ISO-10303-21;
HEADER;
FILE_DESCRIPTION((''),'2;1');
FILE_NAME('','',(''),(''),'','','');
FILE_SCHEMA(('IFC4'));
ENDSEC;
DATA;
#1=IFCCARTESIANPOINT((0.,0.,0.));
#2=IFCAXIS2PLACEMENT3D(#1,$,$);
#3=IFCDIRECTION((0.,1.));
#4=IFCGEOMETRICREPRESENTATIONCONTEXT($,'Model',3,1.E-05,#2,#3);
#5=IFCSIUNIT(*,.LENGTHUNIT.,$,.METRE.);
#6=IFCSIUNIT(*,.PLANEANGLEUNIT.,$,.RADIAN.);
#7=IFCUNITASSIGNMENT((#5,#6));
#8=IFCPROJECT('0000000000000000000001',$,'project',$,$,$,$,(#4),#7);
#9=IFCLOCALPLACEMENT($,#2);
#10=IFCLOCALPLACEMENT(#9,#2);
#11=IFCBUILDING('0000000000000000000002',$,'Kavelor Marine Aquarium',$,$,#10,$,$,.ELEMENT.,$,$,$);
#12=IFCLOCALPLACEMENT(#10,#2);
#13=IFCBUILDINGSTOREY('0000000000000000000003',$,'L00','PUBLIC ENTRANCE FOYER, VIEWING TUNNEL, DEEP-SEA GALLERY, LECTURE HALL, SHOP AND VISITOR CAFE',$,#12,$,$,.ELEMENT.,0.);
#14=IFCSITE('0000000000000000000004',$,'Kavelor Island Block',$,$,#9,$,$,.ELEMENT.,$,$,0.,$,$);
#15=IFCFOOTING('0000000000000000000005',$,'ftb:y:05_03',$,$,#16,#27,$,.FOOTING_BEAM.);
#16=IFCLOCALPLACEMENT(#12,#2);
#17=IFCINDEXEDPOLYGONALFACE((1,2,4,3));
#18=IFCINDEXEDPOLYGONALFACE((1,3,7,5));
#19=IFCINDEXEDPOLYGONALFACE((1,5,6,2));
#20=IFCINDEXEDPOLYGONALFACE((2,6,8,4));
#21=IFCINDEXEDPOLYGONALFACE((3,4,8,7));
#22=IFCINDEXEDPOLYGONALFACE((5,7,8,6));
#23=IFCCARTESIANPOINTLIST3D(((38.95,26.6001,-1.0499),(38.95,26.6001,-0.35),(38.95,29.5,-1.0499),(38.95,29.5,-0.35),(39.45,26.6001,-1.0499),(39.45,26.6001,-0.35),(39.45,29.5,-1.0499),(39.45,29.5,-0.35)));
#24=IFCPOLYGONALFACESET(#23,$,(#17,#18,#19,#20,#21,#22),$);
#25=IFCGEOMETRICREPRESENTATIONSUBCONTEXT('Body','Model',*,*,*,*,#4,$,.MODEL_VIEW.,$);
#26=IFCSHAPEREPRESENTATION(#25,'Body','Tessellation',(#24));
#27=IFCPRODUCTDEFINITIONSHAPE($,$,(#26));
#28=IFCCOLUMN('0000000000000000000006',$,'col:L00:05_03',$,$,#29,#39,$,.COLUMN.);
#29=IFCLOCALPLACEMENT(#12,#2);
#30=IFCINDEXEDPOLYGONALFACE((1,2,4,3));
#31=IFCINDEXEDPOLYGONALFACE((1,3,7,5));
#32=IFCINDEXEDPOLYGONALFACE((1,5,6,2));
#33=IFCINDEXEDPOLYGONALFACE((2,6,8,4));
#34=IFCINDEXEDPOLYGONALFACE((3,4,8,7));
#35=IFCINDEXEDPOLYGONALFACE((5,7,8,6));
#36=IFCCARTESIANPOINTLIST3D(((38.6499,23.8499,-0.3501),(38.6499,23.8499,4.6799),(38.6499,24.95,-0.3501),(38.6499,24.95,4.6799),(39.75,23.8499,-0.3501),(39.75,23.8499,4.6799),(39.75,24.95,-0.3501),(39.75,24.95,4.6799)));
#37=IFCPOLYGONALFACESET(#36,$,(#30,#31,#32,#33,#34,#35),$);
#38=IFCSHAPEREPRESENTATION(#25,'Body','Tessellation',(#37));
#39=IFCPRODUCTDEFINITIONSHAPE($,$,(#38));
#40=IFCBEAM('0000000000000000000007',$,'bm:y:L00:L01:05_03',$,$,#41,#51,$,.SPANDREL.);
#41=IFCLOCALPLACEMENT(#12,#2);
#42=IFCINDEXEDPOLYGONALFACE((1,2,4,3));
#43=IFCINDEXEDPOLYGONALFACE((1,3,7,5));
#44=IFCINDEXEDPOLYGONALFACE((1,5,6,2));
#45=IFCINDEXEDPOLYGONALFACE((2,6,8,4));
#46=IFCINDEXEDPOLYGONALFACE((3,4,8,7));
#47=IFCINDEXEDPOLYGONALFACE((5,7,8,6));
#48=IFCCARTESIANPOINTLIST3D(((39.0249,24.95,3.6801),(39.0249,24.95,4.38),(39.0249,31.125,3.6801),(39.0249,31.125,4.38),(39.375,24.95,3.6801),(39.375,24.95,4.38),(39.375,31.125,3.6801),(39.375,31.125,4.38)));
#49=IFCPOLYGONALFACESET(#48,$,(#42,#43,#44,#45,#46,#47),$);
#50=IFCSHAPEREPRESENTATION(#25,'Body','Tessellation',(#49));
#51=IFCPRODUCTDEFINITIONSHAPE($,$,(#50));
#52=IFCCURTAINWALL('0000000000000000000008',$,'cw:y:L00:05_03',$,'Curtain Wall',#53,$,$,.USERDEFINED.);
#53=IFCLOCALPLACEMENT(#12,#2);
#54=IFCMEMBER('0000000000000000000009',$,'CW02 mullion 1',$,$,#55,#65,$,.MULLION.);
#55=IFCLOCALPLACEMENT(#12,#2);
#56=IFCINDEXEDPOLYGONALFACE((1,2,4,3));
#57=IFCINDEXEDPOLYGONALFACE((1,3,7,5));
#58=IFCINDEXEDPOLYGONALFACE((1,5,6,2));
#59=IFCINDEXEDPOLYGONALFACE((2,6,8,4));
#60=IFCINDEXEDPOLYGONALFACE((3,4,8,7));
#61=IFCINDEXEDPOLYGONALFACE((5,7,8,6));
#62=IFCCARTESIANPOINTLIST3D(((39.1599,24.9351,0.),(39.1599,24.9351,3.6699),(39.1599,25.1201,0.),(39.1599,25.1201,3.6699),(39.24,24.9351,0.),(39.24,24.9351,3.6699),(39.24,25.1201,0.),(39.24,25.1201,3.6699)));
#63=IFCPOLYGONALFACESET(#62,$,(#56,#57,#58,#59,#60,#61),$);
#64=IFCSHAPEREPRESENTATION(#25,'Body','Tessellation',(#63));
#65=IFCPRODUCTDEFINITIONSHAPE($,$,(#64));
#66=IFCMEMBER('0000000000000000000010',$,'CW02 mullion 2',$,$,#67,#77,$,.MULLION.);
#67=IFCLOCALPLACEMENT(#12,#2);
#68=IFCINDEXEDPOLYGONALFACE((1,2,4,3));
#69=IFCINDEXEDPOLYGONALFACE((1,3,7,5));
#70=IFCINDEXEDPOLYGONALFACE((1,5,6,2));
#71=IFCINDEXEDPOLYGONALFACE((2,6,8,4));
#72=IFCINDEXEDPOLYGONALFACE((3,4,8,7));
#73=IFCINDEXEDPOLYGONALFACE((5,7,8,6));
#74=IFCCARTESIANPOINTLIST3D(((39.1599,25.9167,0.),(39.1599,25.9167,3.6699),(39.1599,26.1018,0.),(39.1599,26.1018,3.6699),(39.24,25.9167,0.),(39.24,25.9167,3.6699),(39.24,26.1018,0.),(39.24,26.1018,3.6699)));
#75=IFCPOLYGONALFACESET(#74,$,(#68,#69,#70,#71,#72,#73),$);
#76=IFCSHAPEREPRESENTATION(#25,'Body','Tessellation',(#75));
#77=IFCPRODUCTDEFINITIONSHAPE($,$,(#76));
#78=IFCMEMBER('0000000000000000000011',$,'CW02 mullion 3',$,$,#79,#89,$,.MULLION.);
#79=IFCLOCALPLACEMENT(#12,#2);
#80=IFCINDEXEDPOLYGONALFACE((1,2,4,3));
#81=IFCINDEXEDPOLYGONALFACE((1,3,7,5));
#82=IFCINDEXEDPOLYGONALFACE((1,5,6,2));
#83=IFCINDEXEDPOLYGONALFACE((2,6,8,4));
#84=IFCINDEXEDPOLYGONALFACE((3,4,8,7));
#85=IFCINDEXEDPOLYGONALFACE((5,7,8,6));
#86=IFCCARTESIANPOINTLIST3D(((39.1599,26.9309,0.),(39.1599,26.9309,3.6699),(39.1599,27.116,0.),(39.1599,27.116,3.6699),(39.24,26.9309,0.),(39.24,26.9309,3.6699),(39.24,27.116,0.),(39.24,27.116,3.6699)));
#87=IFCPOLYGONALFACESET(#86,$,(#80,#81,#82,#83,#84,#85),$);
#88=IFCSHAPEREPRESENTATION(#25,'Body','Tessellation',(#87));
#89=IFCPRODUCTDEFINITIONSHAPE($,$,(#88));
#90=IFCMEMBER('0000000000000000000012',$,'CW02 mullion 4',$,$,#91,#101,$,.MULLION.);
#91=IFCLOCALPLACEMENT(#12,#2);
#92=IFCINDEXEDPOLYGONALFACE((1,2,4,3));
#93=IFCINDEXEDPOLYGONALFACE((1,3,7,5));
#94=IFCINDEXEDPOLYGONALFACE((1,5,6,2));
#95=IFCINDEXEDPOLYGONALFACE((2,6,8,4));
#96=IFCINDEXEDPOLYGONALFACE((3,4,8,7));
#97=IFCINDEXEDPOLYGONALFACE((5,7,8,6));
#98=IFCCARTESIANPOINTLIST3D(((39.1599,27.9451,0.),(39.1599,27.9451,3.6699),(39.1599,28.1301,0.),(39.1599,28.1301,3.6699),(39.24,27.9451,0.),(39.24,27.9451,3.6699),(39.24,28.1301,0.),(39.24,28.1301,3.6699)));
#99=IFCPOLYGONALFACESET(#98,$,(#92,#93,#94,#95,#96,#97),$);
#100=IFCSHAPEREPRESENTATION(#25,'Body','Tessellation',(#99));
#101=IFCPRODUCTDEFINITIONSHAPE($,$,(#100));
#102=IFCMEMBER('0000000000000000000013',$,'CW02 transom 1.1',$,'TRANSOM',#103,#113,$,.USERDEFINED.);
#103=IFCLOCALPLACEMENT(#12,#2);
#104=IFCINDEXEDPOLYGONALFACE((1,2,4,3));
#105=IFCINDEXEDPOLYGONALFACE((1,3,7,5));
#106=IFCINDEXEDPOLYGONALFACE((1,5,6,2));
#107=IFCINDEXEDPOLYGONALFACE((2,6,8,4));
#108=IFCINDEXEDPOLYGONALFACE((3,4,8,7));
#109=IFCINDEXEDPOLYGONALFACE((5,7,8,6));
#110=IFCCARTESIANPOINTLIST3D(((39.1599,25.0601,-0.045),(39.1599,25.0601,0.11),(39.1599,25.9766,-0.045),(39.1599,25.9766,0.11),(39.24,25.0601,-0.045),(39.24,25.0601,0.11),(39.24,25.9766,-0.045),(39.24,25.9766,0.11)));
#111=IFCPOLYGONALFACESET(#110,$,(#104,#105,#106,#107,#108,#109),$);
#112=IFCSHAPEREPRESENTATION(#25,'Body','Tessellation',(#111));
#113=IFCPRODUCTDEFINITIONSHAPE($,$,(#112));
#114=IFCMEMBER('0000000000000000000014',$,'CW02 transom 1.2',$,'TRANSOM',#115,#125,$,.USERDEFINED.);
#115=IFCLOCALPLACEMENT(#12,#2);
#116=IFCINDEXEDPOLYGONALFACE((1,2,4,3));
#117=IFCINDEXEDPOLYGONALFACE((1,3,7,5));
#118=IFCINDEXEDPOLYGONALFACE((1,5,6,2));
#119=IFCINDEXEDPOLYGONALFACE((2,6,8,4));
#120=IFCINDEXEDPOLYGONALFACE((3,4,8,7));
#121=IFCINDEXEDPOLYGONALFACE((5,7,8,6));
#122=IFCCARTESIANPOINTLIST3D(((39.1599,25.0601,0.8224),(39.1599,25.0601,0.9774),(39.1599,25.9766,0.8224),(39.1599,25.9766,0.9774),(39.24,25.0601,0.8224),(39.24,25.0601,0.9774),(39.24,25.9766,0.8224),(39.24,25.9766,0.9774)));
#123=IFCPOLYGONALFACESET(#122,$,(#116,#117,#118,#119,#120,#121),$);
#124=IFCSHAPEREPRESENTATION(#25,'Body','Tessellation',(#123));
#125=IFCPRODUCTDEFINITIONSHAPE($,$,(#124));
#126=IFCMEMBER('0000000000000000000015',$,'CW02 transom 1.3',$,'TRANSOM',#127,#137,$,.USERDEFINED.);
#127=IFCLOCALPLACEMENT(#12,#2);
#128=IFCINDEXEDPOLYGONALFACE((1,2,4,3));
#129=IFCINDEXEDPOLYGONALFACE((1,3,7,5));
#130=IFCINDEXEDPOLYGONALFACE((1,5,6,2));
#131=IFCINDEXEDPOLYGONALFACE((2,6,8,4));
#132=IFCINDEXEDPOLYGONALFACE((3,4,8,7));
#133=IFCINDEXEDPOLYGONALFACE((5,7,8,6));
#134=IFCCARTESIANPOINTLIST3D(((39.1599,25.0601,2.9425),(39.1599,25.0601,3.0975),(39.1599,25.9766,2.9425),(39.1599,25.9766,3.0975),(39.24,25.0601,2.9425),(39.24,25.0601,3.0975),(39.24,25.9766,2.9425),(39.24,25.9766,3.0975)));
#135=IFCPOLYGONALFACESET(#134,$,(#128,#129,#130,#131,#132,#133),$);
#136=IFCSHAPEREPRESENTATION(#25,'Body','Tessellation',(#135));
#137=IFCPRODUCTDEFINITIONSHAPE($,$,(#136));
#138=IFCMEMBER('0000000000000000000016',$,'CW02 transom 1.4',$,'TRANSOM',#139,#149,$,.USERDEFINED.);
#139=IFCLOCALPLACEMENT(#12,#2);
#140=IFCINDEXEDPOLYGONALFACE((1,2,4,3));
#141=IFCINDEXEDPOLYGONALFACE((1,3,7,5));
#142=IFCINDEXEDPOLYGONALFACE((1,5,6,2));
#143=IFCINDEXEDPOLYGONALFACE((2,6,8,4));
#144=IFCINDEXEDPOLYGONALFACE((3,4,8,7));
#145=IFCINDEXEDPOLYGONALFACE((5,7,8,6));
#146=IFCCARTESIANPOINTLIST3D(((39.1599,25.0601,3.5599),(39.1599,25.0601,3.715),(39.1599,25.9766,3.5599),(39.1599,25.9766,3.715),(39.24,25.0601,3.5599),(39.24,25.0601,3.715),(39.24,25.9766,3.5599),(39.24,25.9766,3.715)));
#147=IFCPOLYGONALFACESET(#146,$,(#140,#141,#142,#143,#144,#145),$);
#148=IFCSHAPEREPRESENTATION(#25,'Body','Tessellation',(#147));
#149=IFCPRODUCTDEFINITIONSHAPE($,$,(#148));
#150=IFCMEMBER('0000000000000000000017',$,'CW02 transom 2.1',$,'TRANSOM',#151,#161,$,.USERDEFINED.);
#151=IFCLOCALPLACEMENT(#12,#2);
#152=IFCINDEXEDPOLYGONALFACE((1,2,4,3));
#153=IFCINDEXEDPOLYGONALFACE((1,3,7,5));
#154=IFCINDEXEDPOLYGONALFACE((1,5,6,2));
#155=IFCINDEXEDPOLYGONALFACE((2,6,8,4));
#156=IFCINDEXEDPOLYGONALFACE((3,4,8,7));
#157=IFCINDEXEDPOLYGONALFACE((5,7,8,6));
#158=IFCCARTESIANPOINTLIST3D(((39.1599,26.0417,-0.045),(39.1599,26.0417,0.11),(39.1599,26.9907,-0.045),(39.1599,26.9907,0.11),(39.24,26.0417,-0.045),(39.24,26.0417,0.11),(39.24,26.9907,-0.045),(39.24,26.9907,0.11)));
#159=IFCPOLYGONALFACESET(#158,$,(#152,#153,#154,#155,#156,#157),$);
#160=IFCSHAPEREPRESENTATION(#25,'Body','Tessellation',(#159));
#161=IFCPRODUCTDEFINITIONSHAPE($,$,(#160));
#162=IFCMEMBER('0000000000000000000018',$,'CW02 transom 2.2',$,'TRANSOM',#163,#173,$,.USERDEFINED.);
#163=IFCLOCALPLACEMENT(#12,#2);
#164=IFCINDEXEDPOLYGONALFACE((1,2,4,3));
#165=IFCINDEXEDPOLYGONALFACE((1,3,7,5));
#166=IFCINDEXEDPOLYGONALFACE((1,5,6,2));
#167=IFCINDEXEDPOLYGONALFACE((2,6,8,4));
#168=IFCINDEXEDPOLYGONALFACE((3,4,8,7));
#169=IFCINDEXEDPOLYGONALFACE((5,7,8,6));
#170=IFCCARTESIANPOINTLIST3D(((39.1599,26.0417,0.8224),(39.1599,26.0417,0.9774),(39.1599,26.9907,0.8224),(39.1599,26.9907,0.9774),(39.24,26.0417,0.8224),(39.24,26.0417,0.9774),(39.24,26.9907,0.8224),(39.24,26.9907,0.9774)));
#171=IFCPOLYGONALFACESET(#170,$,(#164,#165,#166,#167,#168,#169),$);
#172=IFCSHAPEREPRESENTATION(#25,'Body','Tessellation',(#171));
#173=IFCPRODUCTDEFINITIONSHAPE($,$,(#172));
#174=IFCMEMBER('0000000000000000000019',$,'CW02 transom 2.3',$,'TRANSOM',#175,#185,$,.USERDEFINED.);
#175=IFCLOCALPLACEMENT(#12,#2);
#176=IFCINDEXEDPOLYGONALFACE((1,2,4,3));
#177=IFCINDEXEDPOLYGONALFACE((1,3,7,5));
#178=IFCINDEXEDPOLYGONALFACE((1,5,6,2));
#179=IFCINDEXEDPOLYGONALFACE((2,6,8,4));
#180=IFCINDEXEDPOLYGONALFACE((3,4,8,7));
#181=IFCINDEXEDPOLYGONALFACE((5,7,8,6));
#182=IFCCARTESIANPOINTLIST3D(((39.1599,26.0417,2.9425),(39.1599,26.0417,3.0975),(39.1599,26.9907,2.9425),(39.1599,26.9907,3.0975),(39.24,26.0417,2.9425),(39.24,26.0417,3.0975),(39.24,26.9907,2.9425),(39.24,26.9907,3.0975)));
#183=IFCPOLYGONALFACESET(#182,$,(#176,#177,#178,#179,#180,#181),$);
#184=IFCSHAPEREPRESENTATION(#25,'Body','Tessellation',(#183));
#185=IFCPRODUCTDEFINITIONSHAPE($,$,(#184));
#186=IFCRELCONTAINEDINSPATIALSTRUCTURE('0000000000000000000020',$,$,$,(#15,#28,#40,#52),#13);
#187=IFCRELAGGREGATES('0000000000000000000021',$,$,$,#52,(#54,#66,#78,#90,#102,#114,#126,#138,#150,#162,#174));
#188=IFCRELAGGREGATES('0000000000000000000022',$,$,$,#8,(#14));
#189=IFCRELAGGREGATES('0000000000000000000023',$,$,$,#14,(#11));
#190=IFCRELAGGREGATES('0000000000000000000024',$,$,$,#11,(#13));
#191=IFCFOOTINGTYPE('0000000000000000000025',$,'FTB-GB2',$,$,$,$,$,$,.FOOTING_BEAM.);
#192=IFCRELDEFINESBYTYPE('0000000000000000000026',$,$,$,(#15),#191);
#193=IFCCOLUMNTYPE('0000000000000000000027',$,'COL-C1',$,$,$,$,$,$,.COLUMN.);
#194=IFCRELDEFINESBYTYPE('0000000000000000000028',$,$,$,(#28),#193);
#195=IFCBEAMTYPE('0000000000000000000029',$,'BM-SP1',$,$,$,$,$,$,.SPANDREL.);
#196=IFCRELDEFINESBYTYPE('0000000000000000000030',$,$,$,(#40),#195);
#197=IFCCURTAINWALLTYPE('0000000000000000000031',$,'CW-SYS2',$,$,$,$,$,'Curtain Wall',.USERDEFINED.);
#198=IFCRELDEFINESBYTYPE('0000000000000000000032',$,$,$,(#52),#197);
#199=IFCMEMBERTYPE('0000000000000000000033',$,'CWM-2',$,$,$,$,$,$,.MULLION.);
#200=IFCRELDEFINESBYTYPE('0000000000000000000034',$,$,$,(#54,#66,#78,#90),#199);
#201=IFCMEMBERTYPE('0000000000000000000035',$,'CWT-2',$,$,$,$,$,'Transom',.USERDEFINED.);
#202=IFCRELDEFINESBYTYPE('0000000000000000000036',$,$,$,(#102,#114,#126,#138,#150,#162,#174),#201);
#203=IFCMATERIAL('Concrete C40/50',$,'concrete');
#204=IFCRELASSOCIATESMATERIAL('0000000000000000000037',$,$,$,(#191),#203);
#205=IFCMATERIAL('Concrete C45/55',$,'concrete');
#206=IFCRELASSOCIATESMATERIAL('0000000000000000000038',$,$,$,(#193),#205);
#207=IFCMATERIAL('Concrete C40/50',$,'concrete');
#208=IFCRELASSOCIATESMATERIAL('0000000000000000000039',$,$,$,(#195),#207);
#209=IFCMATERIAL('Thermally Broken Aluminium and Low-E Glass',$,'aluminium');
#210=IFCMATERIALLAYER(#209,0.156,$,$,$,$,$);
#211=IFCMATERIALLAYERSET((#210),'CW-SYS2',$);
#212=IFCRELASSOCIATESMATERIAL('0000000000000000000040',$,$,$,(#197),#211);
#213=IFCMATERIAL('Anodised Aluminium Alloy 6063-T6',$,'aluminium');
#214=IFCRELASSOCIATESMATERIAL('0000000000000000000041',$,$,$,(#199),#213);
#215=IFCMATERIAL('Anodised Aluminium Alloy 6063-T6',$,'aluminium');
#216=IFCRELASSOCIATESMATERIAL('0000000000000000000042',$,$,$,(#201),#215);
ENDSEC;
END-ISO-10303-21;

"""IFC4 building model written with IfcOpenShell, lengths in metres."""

from ifc_helpers import new_model, si_unit, direction, frame, origin, origin_2d, place, context, subcontext, project, spatial, rectangle, extrude, material, layer, layer_set, material_profile, profile_set, type_object, element, aggregate, save


model = new_model("IFC4")

# Units and contexts
model_context = context("Model", 3, precision=1e-05, world=origin(), true_north=direction((0.0, 1.0)))
body_context = subcontext(model_context, "Body", "Model", "MODEL_VIEW")
ifc_project = project(units=[si_unit("LENGTHUNIT", "METRE"), si_unit("PLANEANGLEUNIT", "RADIAN")], contexts=[model_context])

# Site, building, storey
site_placement = place(None, origin())
site = spatial("IfcSite", under=ifc_project, at=site_placement, Name="Kavelor Island Block", CompositionType="ELEMENT", RefElevation=0.0)
building_placement = place(site_placement, origin())
building = spatial("IfcBuilding", under=site, at=building_placement, Name="Kavelor Marine Aquarium", CompositionType="ELEMENT")
storey_placement = place(building_placement, origin())
storey = spatial("IfcBuildingStorey", under=building, at=storey_placement, Name="L00", Description="PUBLIC ENTRANCE FOYER, VIEWING TUNNEL, DEEP-SEA GALLERY, LECTURE HALL, SHOP AND VISITOR CAFE", CompositionType="ELEMENT", Elevation=0.0)

# Footing
ifc_material_1 = material(Name="Concrete C40/50", Category="concrete")
ifc_material_profile_1 = material_profile(ifc_material_1, rectangle(XDim=0.5, YDim=0.7, at=origin_2d()), Name="GB 500x700")
ifc_profile_set_1 = profile_set([ifc_material_profile_1], Name="Concrete C40/50")
footing_type = type_object("IfcFootingType", Name="FTB-GB2", PredefinedType="FOOTING_BEAM", material=ifc_profile_set_1)
footing_placement = place(storey_placement, frame((39.2, 26.6001, -0.7), z_axis=(0.0, 1.0, 0.0), x_axis=(-1.0, 0.0, 0.0)))
element("IfcFooting", 1, at=footing_placement, inside=storey, type_object=footing_type, Name="ftb:y:05_03", PredefinedType="FOOTING_BEAM", context=body_context, shape_type="SweptSolid", body=[
    extrude(rectangle(XDim=0.5, YDim=0.7, at=origin_2d()), origin(), (0.0, 0.0, 1.0), 2.8999),
])

# Column
ifc_material_2 = material(Name="Concrete C45/55", Category="concrete")
ifc_material_profile_2 = material_profile(ifc_material_2, rectangle(XDim=1.1001, YDim=1.1001, at=origin_2d()), Name="RC-COL 1100x1100")
ifc_profile_set_2 = profile_set([ifc_material_profile_2], Name="Concrete C45/55")
column_type = type_object("IfcColumnType", Name="COL-C1", PredefinedType="COLUMN", material=ifc_profile_set_2)
column_placement = place(storey_placement, frame((39.2, 24.3999, -0.3501), z_axis=(0.0, 0.0, 1.0), x_axis=(1.0, 0.0, 0.0)))
element("IfcColumn", 2, at=column_placement, inside=storey, type_object=column_type, Name="col:L00:05_03", PredefinedType="COLUMN", context=body_context, shape_type="SweptSolid", body=[
    extrude(rectangle(XDim=1.1001, YDim=1.1001, at=origin_2d()), origin(), (0.0, 0.0, 1.0), 5.03),
])

# Beam
ifc_material_3 = material(Name="Concrete C40/50", Category="concrete")
ifc_material_profile_3 = material_profile(ifc_material_3, rectangle(XDim=0.3501, YDim=0.7, at=origin_2d()), Name="RC-SP 350x700")
ifc_profile_set_3 = profile_set([ifc_material_profile_3], Name="Concrete C40/50")
beam_type = type_object("IfcBeamType", Name="BM-SP1", PredefinedType="SPANDREL", material=ifc_profile_set_3)
beam_placement = place(storey_placement, frame((39.2, 24.95, 4.03), z_axis=(0.0, 1.0, 0.0), x_axis=(-1.0, 0.0, 0.0)))
element("IfcBeam", 3, at=beam_placement, inside=storey, type_object=beam_type, Name="bm:y:L00:L01:05_03", PredefinedType="SPANDREL", context=body_context, shape_type="SweptSolid", body=[
    extrude(rectangle(XDim=0.3501, YDim=0.7, at=origin_2d()), origin(), (0.0, 0.0, 1.0), 6.175),
])

# Curtain wall, members
ifc_material_4 = material(Name="Thermally Broken Aluminium and Low-E Glass", Category="aluminium")
ifc_layer_1 = layer(ifc_material_4, 0.156)
ifc_layer_set_1 = layer_set([ifc_layer_1], Name="CW-SYS2")
curtain_wall_type = type_object("IfcCurtainWallType", Name="CW-SYS2", ElementType="Curtain Wall", PredefinedType="USERDEFINED", material=ifc_layer_set_1)
curtain_wall_placement = place(storey_placement, origin())
curtain_wall = element("IfcCurtainWall", 4, at=curtain_wall_placement, inside=storey, type_object=curtain_wall_type, Name="cw:y:L00:05_03", ObjectType="Curtain Wall", PredefinedType="USERDEFINED")
ifc_material_5 = material(Name="Anodised Aluminium Alloy 6063-T6", Category="aluminium")
ifc_material_profile_4 = material_profile(ifc_material_5, rectangle(XDim=0.0801, YDim=0.1851, at=origin_2d()), Name="CW-MUL 80x185")
ifc_profile_set_4 = profile_set([ifc_material_profile_4], Name="Anodised Aluminium Alloy 6063-T6")
member_type_1 = type_object("IfcMemberType", Name="CWM-2", PredefinedType="MULLION", material=ifc_profile_set_4)
member_1_placement = place(storey_placement, frame((39.2, 25.0276, 0.0), z_axis=(0.0, 0.0, 1.0), x_axis=(-1.0, 0.0, 0.0)))
member_1 = element("IfcMember", 5, at=member_1_placement, type_object=member_type_1, Name="CW02 mullion 1", PredefinedType="MULLION", context=body_context, shape_type="SweptSolid", body=[
    extrude(rectangle(XDim=0.0801, YDim=0.1851, at=origin_2d()), origin(), (0.0, 0.0, 1.0), 3.6699),
])
member_2_placement = place(storey_placement, frame((39.2, 26.0093, 0.0), z_axis=(0.0, 0.0, 1.0), x_axis=(-1.0, 0.0, 0.0)))
member_2 = element("IfcMember", 6, at=member_2_placement, type_object=member_type_1, Name="CW02 mullion 2", PredefinedType="MULLION", context=body_context, shape_type="SweptSolid", body=[
    extrude(rectangle(XDim=0.0801, YDim=0.1851, at=origin_2d()), origin(), (0.0, 0.0, 1.0), 3.6699),
])
member_3_placement = place(storey_placement, frame((39.2, 27.0234, 0.0), z_axis=(0.0, 0.0, 1.0), x_axis=(-1.0, 0.0, 0.0)))
member_3 = element("IfcMember", 7, at=member_3_placement, type_object=member_type_1, Name="CW02 mullion 3", PredefinedType="MULLION", context=body_context, shape_type="SweptSolid", body=[
    extrude(rectangle(XDim=0.0801, YDim=0.1851, at=origin_2d()), origin(), (0.0, 0.0, 1.0), 3.6699),
])
member_4_placement = place(storey_placement, frame((39.2, 28.0376, 0.0), z_axis=(0.0, 0.0, 1.0), x_axis=(-1.0, 0.0, 0.0)))
member_4 = element("IfcMember", 8, at=member_4_placement, type_object=member_type_1, Name="CW02 mullion 4", PredefinedType="MULLION", context=body_context, shape_type="SweptSolid", body=[
    extrude(rectangle(XDim=0.0801, YDim=0.1851, at=origin_2d()), origin(), (0.0, 0.0, 1.0), 3.6699),
])
ifc_material_6 = material(Name="Anodised Aluminium Alloy 6063-T6", Category="aluminium")
ifc_material_profile_5 = material_profile(ifc_material_6, rectangle(XDim=0.0801, YDim=0.155, at=origin_2d()), Name="CW-TRN 80x155")
ifc_profile_set_5 = profile_set([ifc_material_profile_5], Name="Anodised Aluminium Alloy 6063-T6")
member_type_2 = type_object("IfcMemberType", Name="CWT-2", ElementType="Transom", PredefinedType="USERDEFINED", material=ifc_profile_set_5)
member_5_placement = place(storey_placement, frame((39.2, 25.0601, 0.0325), z_axis=(0.0, 1.0, 0.0), x_axis=(-1.0, 0.0, 0.0)))
member_5 = element("IfcMember", 9, at=member_5_placement, type_object=member_type_2, Name="CW02 transom 1.1", ObjectType="TRANSOM", PredefinedType="USERDEFINED", context=body_context, shape_type="SweptSolid", body=[
    extrude(rectangle(XDim=0.0801, YDim=0.155, at=origin_2d()), origin(), (0.0, 0.0, 1.0), 0.9165),
])
member_6_placement = place(storey_placement, frame((39.2, 25.0601, 0.8999), z_axis=(0.0, 1.0, 0.0), x_axis=(-1.0, 0.0, 0.0)))
member_6 = element("IfcMember", 10, at=member_6_placement, type_object=member_type_2, Name="CW02 transom 1.2", ObjectType="TRANSOM", PredefinedType="USERDEFINED", context=body_context, shape_type="SweptSolid", body=[
    extrude(rectangle(XDim=0.0801, YDim=0.155, at=origin_2d()), origin(), (0.0, 0.0, 1.0), 0.9165),
])
member_7_placement = place(storey_placement, frame((39.2, 25.0601, 3.02), z_axis=(0.0, 1.0, 0.0), x_axis=(-1.0, 0.0, 0.0)))
member_7 = element("IfcMember", 11, at=member_7_placement, type_object=member_type_2, Name="CW02 transom 1.3", ObjectType="TRANSOM", PredefinedType="USERDEFINED", context=body_context, shape_type="SweptSolid", body=[
    extrude(rectangle(XDim=0.0801, YDim=0.155, at=origin_2d()), origin(), (0.0, 0.0, 1.0), 0.9165),
])
member_8_placement = place(storey_placement, frame((39.2, 25.0601, 3.6375), z_axis=(0.0, 1.0, 0.0), x_axis=(-1.0, 0.0, 0.0)))
member_8 = element("IfcMember", 12, at=member_8_placement, type_object=member_type_2, Name="CW02 transom 1.4", ObjectType="TRANSOM", PredefinedType="USERDEFINED", context=body_context, shape_type="SweptSolid", body=[
    extrude(rectangle(XDim=0.0801, YDim=0.155, at=origin_2d()), origin(), (0.0, 0.0, 1.0), 0.9165),
])
member_9_placement = place(storey_placement, frame((39.2, 26.0417, 0.0325), z_axis=(0.0, 1.0, 0.0), x_axis=(-1.0, 0.0, 0.0)))
member_9 = element("IfcMember", 13, at=member_9_placement, type_object=member_type_2, Name="CW02 transom 2.1", ObjectType="TRANSOM", PredefinedType="USERDEFINED", context=body_context, shape_type="SweptSolid", body=[
    extrude(rectangle(XDim=0.0801, YDim=0.155, at=origin_2d()), origin(), (0.0, 0.0, 1.0), 0.949),
])
member_10_placement = place(storey_placement, frame((39.2, 26.0417, 0.8999), z_axis=(0.0, 1.0, 0.0), x_axis=(-1.0, 0.0, 0.0)))
member_10 = element("IfcMember", 14, at=member_10_placement, type_object=member_type_2, Name="CW02 transom 2.2", ObjectType="TRANSOM", PredefinedType="USERDEFINED", context=body_context, shape_type="SweptSolid", body=[
    extrude(rectangle(XDim=0.0801, YDim=0.155, at=origin_2d()), origin(), (0.0, 0.0, 1.0), 0.949),
])
member_11_placement = place(storey_placement, frame((39.2, 26.0417, 3.02), z_axis=(0.0, 1.0, 0.0), x_axis=(-1.0, 0.0, 0.0)))
member_11 = element("IfcMember", 15, at=member_11_placement, type_object=member_type_2, Name="CW02 transom 2.3", ObjectType="TRANSOM", PredefinedType="USERDEFINED", context=body_context, shape_type="SweptSolid", body=[
    extrude(rectangle(XDim=0.0801, YDim=0.155, at=origin_2d()), origin(), (0.0, 0.0, 1.0), 0.949),
])
aggregate(curtain_wall, [member_1, member_2, member_3, member_4, member_5, member_6, member_7, member_8, member_9, member_10, member_11])

save(model, "model.ifc")
